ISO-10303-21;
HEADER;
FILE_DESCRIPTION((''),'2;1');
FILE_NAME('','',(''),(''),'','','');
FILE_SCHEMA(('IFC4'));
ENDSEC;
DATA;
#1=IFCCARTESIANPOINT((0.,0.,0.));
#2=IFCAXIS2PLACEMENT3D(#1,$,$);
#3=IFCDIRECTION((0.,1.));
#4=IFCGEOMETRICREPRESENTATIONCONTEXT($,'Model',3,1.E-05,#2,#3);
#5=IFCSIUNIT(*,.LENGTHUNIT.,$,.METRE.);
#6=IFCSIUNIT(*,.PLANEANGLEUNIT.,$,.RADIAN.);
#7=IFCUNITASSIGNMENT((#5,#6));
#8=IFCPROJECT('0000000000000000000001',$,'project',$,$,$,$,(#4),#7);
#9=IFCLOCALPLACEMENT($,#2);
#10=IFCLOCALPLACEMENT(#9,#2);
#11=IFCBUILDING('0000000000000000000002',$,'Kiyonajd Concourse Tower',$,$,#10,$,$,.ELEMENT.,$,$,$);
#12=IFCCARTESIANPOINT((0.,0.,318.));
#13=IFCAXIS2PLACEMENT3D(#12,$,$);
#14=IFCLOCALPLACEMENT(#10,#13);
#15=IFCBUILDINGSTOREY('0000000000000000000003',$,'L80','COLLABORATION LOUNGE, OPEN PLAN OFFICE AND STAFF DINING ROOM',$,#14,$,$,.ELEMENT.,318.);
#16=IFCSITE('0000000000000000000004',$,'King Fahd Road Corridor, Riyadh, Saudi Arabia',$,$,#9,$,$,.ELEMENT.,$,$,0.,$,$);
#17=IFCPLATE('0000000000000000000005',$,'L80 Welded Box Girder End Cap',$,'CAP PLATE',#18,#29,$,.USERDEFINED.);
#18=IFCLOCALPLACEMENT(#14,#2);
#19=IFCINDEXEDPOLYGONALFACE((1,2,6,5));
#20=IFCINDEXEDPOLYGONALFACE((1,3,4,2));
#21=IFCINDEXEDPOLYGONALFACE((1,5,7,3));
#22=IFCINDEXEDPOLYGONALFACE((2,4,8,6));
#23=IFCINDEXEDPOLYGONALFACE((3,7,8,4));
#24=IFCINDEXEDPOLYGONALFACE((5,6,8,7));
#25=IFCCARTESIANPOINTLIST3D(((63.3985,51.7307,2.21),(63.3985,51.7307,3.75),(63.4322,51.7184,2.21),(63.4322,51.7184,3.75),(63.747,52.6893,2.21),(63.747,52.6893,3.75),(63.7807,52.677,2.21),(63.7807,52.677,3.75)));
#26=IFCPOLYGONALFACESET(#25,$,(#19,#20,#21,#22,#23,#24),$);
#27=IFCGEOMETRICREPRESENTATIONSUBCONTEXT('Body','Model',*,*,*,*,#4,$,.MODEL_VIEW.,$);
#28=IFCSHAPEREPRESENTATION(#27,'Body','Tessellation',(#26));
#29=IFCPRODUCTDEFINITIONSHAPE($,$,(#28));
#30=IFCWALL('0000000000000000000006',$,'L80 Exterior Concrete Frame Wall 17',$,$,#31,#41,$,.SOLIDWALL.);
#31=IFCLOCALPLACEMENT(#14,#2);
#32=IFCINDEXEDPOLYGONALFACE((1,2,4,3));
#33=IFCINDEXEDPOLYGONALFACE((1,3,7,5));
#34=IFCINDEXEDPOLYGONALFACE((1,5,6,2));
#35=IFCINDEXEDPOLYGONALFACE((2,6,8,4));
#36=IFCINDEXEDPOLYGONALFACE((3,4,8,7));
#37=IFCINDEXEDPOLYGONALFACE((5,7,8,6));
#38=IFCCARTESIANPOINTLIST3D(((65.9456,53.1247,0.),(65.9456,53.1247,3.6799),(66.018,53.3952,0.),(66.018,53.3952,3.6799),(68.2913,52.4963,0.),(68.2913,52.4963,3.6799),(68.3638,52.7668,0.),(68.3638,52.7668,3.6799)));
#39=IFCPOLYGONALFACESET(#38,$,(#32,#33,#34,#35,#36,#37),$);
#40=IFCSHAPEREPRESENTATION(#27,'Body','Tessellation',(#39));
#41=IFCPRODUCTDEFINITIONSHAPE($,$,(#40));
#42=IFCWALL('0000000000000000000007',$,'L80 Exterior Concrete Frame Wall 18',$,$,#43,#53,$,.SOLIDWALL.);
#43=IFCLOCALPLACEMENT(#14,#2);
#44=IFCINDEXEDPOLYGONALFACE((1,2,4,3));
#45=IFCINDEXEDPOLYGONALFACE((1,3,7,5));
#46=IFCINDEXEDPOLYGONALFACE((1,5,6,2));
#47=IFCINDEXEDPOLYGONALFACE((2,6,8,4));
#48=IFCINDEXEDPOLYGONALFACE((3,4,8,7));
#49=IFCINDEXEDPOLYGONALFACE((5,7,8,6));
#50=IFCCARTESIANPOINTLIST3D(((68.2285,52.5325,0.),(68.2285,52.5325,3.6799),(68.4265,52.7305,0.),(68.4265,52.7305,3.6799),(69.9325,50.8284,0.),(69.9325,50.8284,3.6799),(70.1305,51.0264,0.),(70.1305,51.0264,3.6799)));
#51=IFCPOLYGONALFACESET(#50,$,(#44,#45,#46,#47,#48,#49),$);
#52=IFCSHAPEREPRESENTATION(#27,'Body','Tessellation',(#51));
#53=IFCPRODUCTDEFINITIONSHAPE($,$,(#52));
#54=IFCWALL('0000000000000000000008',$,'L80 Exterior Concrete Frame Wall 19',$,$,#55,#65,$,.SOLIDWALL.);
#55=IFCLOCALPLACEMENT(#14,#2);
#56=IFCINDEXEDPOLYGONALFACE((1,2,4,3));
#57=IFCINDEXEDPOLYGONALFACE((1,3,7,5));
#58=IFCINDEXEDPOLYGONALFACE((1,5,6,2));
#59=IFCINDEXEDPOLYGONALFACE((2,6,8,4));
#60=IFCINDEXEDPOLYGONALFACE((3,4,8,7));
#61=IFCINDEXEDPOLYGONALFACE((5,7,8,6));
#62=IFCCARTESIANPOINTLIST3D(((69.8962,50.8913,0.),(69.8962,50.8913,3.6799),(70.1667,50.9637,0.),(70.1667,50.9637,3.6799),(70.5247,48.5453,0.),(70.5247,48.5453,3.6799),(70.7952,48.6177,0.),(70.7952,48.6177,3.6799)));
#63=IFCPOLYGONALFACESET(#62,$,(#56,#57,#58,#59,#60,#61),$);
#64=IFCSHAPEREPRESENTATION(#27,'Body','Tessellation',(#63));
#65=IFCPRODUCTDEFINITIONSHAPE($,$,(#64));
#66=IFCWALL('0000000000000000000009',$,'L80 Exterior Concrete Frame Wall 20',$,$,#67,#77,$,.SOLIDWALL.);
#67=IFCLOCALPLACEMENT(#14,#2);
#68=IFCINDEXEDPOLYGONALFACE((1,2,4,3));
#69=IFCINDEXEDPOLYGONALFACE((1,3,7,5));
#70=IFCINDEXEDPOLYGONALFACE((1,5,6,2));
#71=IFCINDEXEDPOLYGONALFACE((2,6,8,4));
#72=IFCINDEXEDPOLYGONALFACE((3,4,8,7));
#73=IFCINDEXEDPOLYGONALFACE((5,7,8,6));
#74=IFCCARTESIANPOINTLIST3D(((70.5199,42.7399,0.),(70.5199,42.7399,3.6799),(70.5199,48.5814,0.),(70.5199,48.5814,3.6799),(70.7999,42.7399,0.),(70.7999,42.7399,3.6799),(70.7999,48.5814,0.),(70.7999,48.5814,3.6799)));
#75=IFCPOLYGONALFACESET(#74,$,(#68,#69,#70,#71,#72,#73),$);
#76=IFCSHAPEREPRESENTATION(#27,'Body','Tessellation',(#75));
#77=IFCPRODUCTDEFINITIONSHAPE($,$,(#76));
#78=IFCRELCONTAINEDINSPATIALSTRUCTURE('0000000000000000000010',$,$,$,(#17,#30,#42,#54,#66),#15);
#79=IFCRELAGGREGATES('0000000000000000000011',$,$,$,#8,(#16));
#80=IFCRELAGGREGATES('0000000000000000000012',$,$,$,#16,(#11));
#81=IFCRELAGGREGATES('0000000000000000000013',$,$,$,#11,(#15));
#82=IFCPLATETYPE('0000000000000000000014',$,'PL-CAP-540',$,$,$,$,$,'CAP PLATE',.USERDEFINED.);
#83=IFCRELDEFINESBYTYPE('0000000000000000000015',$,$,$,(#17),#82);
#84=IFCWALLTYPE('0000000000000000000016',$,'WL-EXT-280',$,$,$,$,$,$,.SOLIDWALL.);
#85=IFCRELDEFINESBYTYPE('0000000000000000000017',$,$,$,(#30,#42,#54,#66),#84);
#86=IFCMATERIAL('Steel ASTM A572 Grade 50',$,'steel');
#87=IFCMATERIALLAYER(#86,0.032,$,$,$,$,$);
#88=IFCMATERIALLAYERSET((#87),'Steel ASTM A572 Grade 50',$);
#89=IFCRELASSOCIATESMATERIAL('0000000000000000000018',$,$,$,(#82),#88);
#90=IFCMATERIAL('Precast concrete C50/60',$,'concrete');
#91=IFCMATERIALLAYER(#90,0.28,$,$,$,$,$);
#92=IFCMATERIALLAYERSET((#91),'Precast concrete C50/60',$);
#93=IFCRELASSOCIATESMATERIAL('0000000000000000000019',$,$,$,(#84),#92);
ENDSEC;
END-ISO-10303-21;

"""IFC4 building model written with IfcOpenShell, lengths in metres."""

from ifc_helpers import new_model, si_unit, direction, frame, frame_2d, origin, origin_2d, place, context, subcontext, project, spatial, rectangle, extrude, material, layer, layer_set, type_object, element, save


model = new_model("IFC4")

# Units and contexts
model_context = context("Model", 3, precision=1e-05, world=origin(), true_north=direction((0.0, 1.0)))
body_context = subcontext(model_context, "Body", "Model", "MODEL_VIEW")
ifc_project = project(units=[si_unit("LENGTHUNIT", "METRE"), si_unit("PLANEANGLEUNIT", "RADIAN")], contexts=[model_context])

# Site, building, storey
site_placement = place(None, origin())
site = spatial("IfcSite", under=ifc_project, at=site_placement, Name="King Fahd Road Corridor, Riyadh, Saudi Arabia", CompositionType="ELEMENT", RefElevation=0.0)
building_placement = place(site_placement, origin())
building = spatial("IfcBuilding", under=site, at=building_placement, Name="Kiyonajd Concourse Tower", CompositionType="ELEMENT")
storey_placement = place(building_placement, frame((0.0, 0.0, 318.0)))
storey = spatial("IfcBuildingStorey", under=building, at=storey_placement, Name="L80", Description="COLLABORATION LOUNGE, OPEN PLAN OFFICE AND STAFF DINING ROOM", CompositionType="ELEMENT", Elevation=318.0)

# Shared definitions
ifc_material_1 = material(Name="Steel ASTM A572 Grade 50", Category="steel")

# Plate
ifc_layer_1 = layer(ifc_material_1, 0.032)
ifc_layer_set_1 = layer_set([ifc_layer_1], Name="Steel ASTM A572 Grade 50")
plate_type_1 = type_object("IfcPlateType", Name="PL-CAP-540", ElementType="CAP PLATE", PredefinedType="USERDEFINED", material=ifc_layer_set_1)
for number, where, z_axis, x_axis, name in (
    (1, (63.5896, 52.2039, 2.21), (0.0, 0.0, 1.0), (-0.939812, 0.341692, 0.0), "L80 Welded Box Girder End Cap"),
):
    element("IfcPlate", number, at=place(storey_placement, frame(where, z_axis=z_axis, x_axis=x_axis)), inside=storey, type_object=plate_type_1, Name=name, ObjectType="CAP PLATE", PredefinedType="USERDEFINED", context=body_context, shape_type="SweptSolid", body=[
        extrude(rectangle(XDim=0.0359, YDim=1.02, at=origin_2d()), origin(), (0.0, 0.0, 1.0), 1.54),
    ])

# Walls
ifc_material_2 = material(Name="Precast concrete C50/60", Category="concrete")
ifc_layer_2 = layer(ifc_material_2, 0.28)
ifc_layer_set_2 = layer_set([ifc_layer_2], Name="Precast concrete C50/60")
wall_type = type_object("IfcWallType", Name="WL-EXT-280", PredefinedType="SOLIDWALL", material=ifc_layer_set_2)
wall_1_placement = place(storey_placement, frame((65.9817, 53.26, 0.0), z_axis=(0.0, 0.0, 1.0), x_axis=(0.965937, -0.258776, 0.0)))
element("IfcWall", 2, at=wall_1_placement, inside=storey, type_object=wall_type, Name="L80 Exterior Concrete Frame Wall 17", PredefinedType="SOLIDWALL", context=body_context, shape_type="SweptSolid", body=[
    extrude(rectangle(XDim=2.4285, YDim=0.28, at=frame_2d((1.2144, 0.0))), origin(), (0.0, 0.0, 1.0), 3.6799),
])
wall_2_placement = place(storey_placement, frame((68.3274, 52.6316, 0.0), z_axis=(0.0, 0.0, 1.0), x_axis=(0.707107, -0.707107, 0.0)))
element("IfcWall", 3, at=wall_2_placement, inside=storey, type_object=wall_type, Name="L80 Exterior Concrete Frame Wall 18", PredefinedType="SOLIDWALL", context=body_context, shape_type="SweptSolid", body=[
    extrude(rectangle(XDim=2.4099, YDim=0.28, at=frame_2d((1.2051, 0.0))), origin(), (0.0, 0.0, 1.0), 3.6799),
])
wall_3_placement = place(storey_placement, frame((70.0315, 50.9275, 0.0), z_axis=(0.0, 0.0, 1.0), x_axis=(0.258751, -0.965944, 0.0)))
element("IfcWall", 4, at=wall_3_placement, inside=storey, type_object=wall_type, Name="L80 Exterior Concrete Frame Wall 19", PredefinedType="SOLIDWALL", context=body_context, shape_type="SweptSolid", body=[
    extrude(rectangle(XDim=2.4287, YDim=0.28, at=frame_2d((1.2144, 0.0))), origin(), (0.0, 0.0, 1.0), 3.6799),
])
wall_4_placement = place(storey_placement, frame((70.6599, 48.5815, 0.0), z_axis=(0.0, 0.0, 1.0), x_axis=(0.0, -1.0, 0.0)))
element("IfcWall", 5, at=wall_4_placement, inside=storey, type_object=wall_type, Name="L80 Exterior Concrete Frame Wall 20", PredefinedType="SOLIDWALL", context=body_context, shape_type="SweptSolid", body=[
    extrude(rectangle(XDim=5.8416, YDim=0.28, at=frame_2d((2.9209, 0.0))), origin(), (0.0, 0.0, 1.0), 3.6799),
])

save(model, "model.ifc")
